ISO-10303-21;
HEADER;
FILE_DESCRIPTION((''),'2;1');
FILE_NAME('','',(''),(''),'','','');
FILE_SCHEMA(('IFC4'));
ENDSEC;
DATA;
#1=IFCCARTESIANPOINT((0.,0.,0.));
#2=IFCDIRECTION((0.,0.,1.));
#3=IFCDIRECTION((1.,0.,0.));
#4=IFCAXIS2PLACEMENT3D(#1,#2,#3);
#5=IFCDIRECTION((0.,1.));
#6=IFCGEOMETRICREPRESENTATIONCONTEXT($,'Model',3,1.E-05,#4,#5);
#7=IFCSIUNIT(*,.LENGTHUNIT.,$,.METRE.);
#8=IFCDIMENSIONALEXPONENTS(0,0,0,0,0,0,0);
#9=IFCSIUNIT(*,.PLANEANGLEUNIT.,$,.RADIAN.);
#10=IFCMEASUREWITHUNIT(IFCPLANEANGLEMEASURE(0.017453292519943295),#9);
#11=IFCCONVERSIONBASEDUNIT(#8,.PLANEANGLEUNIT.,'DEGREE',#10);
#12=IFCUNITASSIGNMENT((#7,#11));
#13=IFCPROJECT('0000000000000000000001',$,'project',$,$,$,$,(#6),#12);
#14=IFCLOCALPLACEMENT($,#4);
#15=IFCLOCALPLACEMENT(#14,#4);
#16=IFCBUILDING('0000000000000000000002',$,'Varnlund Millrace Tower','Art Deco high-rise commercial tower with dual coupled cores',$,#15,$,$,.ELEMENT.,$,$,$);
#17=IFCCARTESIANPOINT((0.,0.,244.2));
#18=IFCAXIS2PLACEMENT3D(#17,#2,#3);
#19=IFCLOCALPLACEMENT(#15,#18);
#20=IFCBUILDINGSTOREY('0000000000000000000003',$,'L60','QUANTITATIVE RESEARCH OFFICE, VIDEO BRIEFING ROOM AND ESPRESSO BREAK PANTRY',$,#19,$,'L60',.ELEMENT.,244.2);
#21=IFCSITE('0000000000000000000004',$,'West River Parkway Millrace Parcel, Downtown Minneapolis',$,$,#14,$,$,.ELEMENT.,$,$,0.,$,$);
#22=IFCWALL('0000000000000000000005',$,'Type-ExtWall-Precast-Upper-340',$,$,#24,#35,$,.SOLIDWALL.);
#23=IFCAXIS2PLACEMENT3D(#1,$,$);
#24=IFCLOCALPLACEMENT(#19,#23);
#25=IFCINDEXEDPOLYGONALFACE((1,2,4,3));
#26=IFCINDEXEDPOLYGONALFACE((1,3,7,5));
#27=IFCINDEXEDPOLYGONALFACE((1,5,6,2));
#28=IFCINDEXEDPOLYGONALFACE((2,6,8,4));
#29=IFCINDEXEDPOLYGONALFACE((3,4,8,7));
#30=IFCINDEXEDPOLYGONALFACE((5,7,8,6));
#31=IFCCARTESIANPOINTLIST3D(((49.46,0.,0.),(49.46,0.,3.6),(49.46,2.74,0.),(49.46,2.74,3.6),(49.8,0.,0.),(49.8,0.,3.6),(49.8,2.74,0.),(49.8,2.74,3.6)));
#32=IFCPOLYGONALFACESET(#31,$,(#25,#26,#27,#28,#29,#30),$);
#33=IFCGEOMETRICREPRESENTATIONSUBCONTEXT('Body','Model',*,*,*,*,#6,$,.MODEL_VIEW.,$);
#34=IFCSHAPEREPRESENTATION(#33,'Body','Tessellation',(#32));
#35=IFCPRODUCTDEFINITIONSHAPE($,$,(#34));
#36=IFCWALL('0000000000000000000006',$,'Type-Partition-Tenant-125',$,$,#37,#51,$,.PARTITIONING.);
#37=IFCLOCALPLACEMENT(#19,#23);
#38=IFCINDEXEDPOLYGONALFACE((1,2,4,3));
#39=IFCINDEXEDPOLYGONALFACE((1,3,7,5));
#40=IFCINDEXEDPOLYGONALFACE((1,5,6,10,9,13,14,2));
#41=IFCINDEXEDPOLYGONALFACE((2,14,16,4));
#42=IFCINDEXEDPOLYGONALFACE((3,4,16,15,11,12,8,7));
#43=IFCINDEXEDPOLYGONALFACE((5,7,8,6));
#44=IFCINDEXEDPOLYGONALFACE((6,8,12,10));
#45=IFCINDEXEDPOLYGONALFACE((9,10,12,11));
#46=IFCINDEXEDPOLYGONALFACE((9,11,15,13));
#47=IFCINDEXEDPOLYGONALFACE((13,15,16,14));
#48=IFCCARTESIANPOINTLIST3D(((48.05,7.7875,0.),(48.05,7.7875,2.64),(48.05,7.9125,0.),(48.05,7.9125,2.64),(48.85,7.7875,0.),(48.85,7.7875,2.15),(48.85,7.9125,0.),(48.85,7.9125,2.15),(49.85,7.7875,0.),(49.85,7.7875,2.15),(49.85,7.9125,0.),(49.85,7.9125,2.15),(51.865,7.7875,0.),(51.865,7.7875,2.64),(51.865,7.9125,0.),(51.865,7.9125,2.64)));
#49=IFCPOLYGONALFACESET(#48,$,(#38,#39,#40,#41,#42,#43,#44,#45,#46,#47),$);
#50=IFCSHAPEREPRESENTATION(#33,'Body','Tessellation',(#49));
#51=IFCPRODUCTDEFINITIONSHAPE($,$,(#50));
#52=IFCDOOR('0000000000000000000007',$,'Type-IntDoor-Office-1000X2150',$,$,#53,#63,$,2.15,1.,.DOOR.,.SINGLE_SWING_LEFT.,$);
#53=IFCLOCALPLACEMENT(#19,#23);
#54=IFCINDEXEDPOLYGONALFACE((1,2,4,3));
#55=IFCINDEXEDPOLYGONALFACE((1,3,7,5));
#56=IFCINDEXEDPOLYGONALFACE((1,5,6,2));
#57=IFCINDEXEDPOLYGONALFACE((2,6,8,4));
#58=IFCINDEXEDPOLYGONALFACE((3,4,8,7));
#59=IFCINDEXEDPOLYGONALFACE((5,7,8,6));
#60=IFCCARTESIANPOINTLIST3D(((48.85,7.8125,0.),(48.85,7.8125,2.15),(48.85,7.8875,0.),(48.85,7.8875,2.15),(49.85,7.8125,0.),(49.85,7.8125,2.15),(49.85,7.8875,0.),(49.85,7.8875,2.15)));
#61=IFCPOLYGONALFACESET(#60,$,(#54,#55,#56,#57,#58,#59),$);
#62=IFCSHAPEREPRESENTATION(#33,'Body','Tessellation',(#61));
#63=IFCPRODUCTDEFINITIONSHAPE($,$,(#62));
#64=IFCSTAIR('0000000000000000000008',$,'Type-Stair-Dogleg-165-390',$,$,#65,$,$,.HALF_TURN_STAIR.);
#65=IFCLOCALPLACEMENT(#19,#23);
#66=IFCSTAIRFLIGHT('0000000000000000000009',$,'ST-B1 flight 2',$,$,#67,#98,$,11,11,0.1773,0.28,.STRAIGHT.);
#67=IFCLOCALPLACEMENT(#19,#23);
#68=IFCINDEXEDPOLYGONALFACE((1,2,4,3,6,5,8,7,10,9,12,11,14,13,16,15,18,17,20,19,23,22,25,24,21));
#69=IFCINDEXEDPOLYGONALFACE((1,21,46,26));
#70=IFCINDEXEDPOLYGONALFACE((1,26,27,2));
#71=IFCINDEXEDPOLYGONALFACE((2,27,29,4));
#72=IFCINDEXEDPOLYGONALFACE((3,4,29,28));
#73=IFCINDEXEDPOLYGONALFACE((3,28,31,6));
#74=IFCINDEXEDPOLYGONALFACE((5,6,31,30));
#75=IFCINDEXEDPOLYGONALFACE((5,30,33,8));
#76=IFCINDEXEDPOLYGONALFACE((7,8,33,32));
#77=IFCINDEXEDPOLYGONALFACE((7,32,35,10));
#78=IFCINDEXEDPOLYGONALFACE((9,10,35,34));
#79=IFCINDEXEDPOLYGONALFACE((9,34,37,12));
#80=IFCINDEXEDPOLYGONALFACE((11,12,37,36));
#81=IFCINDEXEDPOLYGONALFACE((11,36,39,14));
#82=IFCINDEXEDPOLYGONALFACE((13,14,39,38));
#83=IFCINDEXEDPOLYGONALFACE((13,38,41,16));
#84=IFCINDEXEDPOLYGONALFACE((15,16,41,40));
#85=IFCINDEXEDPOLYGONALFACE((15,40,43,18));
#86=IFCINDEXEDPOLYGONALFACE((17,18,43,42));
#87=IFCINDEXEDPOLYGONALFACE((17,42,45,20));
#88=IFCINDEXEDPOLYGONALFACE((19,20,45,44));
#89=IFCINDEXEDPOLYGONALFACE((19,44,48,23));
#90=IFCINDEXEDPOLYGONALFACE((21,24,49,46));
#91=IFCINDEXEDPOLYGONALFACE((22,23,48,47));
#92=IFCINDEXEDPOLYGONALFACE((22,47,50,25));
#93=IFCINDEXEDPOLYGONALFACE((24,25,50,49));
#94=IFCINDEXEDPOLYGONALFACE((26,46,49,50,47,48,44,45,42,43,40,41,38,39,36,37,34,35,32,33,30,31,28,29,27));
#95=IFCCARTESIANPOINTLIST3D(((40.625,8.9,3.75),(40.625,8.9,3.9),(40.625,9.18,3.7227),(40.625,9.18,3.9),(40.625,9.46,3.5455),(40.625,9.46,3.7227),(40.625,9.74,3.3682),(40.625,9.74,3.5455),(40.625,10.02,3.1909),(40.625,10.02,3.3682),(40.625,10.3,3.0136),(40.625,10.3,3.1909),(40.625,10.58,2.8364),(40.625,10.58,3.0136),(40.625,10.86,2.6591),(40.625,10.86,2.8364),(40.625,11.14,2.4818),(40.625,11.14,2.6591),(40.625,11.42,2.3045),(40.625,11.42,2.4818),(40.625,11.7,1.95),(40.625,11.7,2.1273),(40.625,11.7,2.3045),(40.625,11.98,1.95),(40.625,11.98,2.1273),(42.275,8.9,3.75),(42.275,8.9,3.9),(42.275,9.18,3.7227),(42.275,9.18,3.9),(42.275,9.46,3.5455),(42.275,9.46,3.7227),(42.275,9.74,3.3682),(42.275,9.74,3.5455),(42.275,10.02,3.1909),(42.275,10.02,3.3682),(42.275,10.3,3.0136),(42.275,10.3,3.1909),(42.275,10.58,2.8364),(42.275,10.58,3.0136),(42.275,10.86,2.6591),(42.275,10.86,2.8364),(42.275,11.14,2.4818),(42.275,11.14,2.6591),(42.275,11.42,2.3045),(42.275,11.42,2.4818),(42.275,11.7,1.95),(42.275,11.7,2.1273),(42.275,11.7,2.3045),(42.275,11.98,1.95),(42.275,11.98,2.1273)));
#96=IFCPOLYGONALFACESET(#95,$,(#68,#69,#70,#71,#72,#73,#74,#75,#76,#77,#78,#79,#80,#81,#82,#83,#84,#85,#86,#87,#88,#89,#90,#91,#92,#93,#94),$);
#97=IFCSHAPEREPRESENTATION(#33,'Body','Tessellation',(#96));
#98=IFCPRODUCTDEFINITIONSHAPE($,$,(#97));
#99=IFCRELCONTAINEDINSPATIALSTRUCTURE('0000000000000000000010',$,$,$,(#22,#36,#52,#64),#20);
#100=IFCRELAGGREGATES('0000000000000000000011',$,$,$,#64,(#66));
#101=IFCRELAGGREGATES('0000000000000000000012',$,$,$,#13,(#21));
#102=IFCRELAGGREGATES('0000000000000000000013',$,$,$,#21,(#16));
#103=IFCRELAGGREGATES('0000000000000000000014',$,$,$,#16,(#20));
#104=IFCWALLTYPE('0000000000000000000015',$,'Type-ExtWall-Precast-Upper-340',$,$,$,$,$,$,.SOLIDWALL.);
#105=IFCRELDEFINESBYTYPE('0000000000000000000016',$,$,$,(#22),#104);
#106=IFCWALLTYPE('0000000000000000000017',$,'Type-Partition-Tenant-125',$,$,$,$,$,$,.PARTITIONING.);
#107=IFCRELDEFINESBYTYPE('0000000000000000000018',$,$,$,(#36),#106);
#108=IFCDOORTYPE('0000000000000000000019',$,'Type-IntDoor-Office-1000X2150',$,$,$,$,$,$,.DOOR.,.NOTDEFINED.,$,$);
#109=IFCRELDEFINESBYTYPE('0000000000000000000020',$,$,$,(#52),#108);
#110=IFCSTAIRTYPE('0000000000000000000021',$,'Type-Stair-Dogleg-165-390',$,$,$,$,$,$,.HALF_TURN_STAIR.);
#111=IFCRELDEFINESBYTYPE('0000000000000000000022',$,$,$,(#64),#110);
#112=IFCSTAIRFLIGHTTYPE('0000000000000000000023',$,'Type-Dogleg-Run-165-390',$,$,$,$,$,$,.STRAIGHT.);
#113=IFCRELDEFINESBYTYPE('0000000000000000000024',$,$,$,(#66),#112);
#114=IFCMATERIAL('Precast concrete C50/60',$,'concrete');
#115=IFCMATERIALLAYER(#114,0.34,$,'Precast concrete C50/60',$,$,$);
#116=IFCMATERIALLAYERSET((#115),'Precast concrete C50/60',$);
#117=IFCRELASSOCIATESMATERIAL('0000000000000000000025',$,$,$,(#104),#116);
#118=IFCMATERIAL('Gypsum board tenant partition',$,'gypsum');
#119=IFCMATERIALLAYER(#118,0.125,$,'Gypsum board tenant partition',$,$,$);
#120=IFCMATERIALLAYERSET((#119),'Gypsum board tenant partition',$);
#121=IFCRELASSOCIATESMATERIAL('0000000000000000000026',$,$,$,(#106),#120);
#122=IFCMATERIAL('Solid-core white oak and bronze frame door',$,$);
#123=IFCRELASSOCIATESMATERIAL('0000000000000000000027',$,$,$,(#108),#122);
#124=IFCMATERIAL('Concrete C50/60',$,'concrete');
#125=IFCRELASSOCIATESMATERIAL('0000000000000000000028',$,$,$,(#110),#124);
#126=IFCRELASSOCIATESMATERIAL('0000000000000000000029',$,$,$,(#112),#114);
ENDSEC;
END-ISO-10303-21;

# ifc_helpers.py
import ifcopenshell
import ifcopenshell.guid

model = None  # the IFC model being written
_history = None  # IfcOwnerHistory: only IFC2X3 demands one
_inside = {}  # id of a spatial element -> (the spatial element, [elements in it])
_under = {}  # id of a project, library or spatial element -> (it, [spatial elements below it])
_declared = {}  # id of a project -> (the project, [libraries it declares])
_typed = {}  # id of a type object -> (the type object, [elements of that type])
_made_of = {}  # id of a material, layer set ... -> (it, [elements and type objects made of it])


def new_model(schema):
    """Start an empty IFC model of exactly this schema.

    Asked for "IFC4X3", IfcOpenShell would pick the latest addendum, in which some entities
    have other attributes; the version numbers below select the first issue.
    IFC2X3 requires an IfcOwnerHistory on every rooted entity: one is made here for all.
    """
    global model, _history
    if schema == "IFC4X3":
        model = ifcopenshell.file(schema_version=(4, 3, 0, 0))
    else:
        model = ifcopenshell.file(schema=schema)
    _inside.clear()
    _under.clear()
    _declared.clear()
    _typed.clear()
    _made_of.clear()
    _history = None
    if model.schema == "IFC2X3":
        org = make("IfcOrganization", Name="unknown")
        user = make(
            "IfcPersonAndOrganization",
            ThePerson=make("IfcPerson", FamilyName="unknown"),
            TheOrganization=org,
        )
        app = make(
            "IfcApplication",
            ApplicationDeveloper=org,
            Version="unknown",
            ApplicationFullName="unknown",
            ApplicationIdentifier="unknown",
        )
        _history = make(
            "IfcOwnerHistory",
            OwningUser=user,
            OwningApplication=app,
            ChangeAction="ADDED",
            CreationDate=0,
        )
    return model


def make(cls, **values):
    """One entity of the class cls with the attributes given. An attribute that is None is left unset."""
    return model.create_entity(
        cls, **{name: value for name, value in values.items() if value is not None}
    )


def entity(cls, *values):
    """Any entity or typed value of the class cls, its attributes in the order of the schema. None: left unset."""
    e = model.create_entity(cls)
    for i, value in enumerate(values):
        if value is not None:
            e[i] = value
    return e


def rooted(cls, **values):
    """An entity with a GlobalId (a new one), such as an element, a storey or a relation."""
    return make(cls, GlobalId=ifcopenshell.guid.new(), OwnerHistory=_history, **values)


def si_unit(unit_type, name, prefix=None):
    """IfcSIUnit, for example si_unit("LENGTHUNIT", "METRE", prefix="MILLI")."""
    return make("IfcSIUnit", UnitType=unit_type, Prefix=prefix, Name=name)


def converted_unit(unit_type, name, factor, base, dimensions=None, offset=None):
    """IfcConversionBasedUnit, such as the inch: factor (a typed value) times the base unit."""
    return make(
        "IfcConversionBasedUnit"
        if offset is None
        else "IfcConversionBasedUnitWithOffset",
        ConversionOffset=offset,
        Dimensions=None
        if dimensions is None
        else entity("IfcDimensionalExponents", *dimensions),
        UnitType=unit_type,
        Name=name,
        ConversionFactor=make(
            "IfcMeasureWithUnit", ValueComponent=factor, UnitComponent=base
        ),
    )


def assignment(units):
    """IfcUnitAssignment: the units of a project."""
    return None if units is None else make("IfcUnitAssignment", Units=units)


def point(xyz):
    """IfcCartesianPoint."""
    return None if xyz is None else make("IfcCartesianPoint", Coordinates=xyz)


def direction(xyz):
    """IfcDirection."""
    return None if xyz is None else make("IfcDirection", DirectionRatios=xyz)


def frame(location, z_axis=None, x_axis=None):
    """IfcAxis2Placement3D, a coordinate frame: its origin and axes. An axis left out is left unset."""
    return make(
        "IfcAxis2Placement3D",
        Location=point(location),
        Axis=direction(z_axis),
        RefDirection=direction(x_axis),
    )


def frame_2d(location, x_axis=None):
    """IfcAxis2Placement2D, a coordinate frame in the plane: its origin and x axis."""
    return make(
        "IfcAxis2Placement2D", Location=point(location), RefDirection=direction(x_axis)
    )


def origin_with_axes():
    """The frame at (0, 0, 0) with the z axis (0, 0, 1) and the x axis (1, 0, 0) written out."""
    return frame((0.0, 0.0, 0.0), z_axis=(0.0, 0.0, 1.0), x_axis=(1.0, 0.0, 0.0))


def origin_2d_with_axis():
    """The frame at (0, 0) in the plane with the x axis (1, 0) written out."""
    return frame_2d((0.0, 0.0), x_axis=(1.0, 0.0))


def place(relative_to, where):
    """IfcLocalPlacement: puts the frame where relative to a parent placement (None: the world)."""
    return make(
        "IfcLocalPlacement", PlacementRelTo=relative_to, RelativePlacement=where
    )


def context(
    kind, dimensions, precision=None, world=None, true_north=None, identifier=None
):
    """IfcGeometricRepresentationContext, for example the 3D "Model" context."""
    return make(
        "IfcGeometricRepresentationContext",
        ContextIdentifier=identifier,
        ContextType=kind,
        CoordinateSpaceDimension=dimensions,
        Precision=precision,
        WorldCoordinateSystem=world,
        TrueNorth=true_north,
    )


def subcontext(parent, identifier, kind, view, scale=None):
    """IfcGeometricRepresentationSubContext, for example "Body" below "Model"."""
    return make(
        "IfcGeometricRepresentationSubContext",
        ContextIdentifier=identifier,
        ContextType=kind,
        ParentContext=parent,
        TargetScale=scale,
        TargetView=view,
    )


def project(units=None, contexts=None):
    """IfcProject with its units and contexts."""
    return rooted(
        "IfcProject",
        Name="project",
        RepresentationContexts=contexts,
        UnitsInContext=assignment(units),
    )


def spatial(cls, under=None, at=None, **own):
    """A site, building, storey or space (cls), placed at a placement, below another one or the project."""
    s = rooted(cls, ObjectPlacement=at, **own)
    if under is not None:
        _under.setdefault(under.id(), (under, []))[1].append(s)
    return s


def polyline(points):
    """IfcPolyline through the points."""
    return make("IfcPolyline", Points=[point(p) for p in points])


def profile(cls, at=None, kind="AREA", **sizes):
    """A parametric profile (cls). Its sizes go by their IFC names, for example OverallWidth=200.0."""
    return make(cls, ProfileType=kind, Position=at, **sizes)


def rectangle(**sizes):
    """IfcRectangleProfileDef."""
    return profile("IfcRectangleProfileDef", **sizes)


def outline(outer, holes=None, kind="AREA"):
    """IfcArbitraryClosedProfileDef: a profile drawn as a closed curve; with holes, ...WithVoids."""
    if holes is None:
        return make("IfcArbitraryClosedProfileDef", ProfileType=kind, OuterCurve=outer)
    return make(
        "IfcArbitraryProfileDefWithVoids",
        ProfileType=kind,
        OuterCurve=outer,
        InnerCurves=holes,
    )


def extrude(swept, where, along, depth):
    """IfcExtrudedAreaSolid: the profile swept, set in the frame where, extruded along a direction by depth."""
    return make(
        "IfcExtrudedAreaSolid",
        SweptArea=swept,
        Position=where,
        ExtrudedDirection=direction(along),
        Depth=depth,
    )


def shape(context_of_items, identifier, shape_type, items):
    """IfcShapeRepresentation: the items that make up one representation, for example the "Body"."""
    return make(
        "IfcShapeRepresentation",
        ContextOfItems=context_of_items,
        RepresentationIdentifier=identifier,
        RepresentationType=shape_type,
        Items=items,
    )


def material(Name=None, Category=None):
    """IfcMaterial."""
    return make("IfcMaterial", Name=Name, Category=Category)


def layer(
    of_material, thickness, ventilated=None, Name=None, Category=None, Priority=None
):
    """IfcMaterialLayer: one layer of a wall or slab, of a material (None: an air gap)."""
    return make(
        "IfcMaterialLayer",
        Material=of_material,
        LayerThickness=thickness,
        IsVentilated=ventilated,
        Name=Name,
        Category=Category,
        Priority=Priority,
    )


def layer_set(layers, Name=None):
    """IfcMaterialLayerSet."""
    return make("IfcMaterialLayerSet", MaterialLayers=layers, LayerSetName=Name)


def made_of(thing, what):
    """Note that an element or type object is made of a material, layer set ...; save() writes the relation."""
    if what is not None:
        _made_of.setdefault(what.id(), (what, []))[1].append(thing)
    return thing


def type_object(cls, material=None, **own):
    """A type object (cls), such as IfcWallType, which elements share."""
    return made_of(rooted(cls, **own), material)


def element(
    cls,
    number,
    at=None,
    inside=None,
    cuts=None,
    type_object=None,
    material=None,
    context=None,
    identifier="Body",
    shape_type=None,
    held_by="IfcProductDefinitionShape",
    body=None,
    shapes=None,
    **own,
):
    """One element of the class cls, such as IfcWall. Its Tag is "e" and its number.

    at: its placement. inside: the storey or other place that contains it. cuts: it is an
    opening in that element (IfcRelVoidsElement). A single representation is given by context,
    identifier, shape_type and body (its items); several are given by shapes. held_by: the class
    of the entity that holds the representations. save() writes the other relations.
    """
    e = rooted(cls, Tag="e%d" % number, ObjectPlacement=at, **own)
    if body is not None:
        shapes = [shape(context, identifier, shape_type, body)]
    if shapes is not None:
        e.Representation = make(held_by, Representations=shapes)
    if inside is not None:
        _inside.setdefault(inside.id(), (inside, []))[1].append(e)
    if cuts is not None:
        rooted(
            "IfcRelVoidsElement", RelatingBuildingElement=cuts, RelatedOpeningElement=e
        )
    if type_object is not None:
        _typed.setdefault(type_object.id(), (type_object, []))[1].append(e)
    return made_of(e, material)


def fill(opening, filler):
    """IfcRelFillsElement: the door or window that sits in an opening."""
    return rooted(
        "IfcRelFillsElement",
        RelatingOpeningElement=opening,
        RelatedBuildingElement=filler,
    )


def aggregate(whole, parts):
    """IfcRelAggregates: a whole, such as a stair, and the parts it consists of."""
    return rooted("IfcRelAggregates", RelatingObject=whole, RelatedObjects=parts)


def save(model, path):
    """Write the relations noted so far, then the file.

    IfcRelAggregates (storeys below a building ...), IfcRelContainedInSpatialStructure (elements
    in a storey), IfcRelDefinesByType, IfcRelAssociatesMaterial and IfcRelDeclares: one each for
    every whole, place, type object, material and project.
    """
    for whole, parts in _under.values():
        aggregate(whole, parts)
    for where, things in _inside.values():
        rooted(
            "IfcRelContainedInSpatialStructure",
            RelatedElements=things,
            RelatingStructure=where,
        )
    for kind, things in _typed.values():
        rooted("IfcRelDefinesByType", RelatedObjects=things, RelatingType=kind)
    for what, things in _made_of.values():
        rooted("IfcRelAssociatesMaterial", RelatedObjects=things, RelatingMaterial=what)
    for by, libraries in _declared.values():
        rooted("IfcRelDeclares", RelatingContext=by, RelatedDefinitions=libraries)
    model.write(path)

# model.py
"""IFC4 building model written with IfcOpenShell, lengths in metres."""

from ifc_helpers import new_model, entity, si_unit, converted_unit, direction, frame, origin_with_axes, origin_2d_with_axis, place, context, subcontext, project, spatial, polyline, rectangle, outline, extrude, material, layer, layer_set, type_object, element, fill, aggregate, save


model = new_model("IFC4")

# Units and contexts
model_context = context("Model", 3, precision=1e-05, world=origin_with_axes(), true_north=direction((0.0, 1.0)))
body_context = subcontext(model_context, "Body", "Model", "MODEL_VIEW")
ifc_project = project(units=[si_unit("LENGTHUNIT", "METRE"), converted_unit("PLANEANGLEUNIT", "DEGREE", entity("IfcPlaneAngleMeasure", 0.017453292519943295), si_unit("PLANEANGLEUNIT", "RADIAN"), dimensions=[0, 0, 0, 0, 0, 0, 0])], contexts=[model_context])

# Site, building, storey
site_placement = place(None, origin_with_axes())
site = spatial("IfcSite", under=ifc_project, at=site_placement, Name="West River Parkway Millrace Parcel, Downtown Minneapolis", CompositionType="ELEMENT", RefElevation=0.0)
building_placement = place(site_placement, origin_with_axes())
building = spatial("IfcBuilding", under=site, at=building_placement, Name="Varnlund Millrace Tower", Description="Art Deco high-rise commercial tower with dual coupled cores", CompositionType="ELEMENT")
storey_placement = place(building_placement, frame((0.0, 0.0, 244.2), z_axis=(0.0, 0.0, 1.0), x_axis=(1.0, 0.0, 0.0)))
storey = spatial("IfcBuildingStorey", under=building, at=storey_placement, Name="L60", Description="QUANTITATIVE RESEARCH OFFICE, VIDEO BRIEFING ROOM AND ESPRESSO BREAK PANTRY", LongName="L60", CompositionType="ELEMENT", Elevation=244.2)

# Wall
ifc_material_1 = material(Name="Precast concrete C50/60", Category="concrete")
ifc_layer_1 = layer(ifc_material_1, 0.34, Name="Precast concrete C50/60")
ifc_layer_set_1 = layer_set([ifc_layer_1], Name="Precast concrete C50/60")
wall_type_1 = type_object("IfcWallType", Name="Type-ExtWall-Precast-Upper-340", PredefinedType="SOLIDWALL", material=ifc_layer_set_1)
wall_1_placement = place(storey_placement, frame((49.63, 2.74, 0.0), z_axis=(0.0, 0.0, 1.0), x_axis=(0.0, -1.0, 0.0)))
element("IfcWall", 1, at=wall_1_placement, inside=storey, type_object=wall_type_1, Name="Type-ExtWall-Precast-Upper-340", PredefinedType="SOLIDWALL", context=body_context, shape_type="SweptSolid", body=[
    extrude(outline(polyline([(0.0, -0.17), (2.74, -0.17), (2.74, 0.17), (0.0, 0.17), (0.0, -0.17)])), origin_with_axes(), (0.0, 0.0, 1.0), 3.6),
])

# Wall, opening, door
ifc_material_2 = material(Name="Gypsum board tenant partition", Category="gypsum")
ifc_layer_2 = layer(ifc_material_2, 0.125, Name="Gypsum board tenant partition")
ifc_layer_set_2 = layer_set([ifc_layer_2], Name="Gypsum board tenant partition")
wall_type_2 = type_object("IfcWallType", Name="Type-Partition-Tenant-125", PredefinedType="PARTITIONING", material=ifc_layer_set_2)
wall_2_placement = place(storey_placement, frame((51.865, 7.85, 0.0), z_axis=(0.0, 0.0, 1.0), x_axis=(-1.0, 0.0, 0.0)))
wall_2 = element("IfcWall", 2, at=wall_2_placement, inside=storey, type_object=wall_type_2, Name="Type-Partition-Tenant-125", PredefinedType="PARTITIONING", context=body_context, shape_type="SweptSolid", body=[
    extrude(outline(polyline([(0.0, -0.0625), (3.815, -0.0625), (3.815, 0.0625), (0.0, 0.0625), (0.0, -0.0625)])), origin_with_axes(), (0.0, 0.0, 1.0), 2.64),
])
opening_1_placement = place(wall_2_placement, frame((2.515, 0.0, 0.0), z_axis=(0.0, 0.0, 1.0), x_axis=(1.0, 0.0, 0.0)))
opening_1 = element("IfcOpeningElement", 3, at=opening_1_placement, cuts=wall_2, PredefinedType="OPENING", context=body_context, shape_type="SweptSolid", body=[
    extrude(rectangle(XDim=1.0, YDim=0.145, at=origin_2d_with_axis()), origin_with_axes(), (0.0, 0.0, 1.0), 2.15),
])
ifc_material_3 = material(Name="Solid-core white oak and bronze frame door")
door_type = type_object("IfcDoorType", Name="Type-IntDoor-Office-1000X2150", OperationType="NOTDEFINED", PredefinedType="DOOR", material=ifc_material_3)
door_placement = place(wall_2_placement, frame((2.515, 0.0, 0.0), z_axis=(0.0, 0.0, 1.0), x_axis=(1.0, 0.0, 0.0)))
door = element("IfcDoor", 4, at=door_placement, inside=storey, type_object=door_type, Name="Type-IntDoor-Office-1000X2150", OperationType="SINGLE_SWING_LEFT", OverallHeight=2.15, OverallWidth=1.0, PredefinedType="DOOR", context=body_context, shape_type="SweptSolid", body=[
    extrude(rectangle(XDim=1.0, YDim=0.075, at=origin_2d_with_axis()), origin_with_axes(), (0.0, 0.0, 1.0), 2.15),
])
fill(opening_1, door)

# Stair, stair flight
ifc_material_4 = material(Name="Concrete C50/60", Category="concrete")
stair_type = type_object("IfcStairType", Name="Type-Stair-Dogleg-165-390", PredefinedType="HALF_TURN_STAIR", material=ifc_material_4)
stair_placement = place(storey_placement, origin_with_axes())
stair = element("IfcStair", 5, at=stair_placement, inside=storey, type_object=stair_type, Name="Type-Stair-Dogleg-165-390", PredefinedType="HALF_TURN_STAIR")
stair_flight_type = type_object("IfcStairFlightType", Name="Type-Dogleg-Run-165-390", PredefinedType="STRAIGHT", material=ifc_material_1)
stair_flight_placement = place(storey_placement, frame((42.275, 11.98, 1.95), z_axis=(-1.0, 0.0, 0.0), x_axis=(0.0, -1.0, 0.0)))
stair_flight = element("IfcStairFlight", 6, at=stair_flight_placement, type_object=stair_flight_type, Name="ST-B1 flight 2", NumberOfRisers=11, NumberOfTreads=11, PredefinedType="STRAIGHT", RiserHeight=0.1773, TreadLength=0.28, context=body_context, shape_type="SweptSolid", body=[
    extrude(outline(polyline([(0.0, 0.0), (0.0, 0.1773), (0.28, 0.1773), (0.28, 0.3545), (0.56, 0.3545), (0.56, 0.5318), (0.84, 0.5318), (0.84, 0.7091), (1.12, 0.7091), (1.12, 0.8864), (1.4, 0.8864), (1.4, 1.0636), (1.68, 1.0636), (1.68, 1.2409), (1.96, 1.2409), (1.96, 1.4182), (2.24, 1.4182), (2.24, 1.5955), (2.52, 1.5955), (2.52, 1.7727), (2.8, 1.7727), (2.8, 1.95), (3.08, 1.95), (3.08, 1.8), (0.28, 0.0), (0.0, 0.0)])), origin_with_axes(), (0.0, 0.0, 1.0), 1.65),
])
aggregate(stair, [stair_flight])

save(model, "model.ifc")
